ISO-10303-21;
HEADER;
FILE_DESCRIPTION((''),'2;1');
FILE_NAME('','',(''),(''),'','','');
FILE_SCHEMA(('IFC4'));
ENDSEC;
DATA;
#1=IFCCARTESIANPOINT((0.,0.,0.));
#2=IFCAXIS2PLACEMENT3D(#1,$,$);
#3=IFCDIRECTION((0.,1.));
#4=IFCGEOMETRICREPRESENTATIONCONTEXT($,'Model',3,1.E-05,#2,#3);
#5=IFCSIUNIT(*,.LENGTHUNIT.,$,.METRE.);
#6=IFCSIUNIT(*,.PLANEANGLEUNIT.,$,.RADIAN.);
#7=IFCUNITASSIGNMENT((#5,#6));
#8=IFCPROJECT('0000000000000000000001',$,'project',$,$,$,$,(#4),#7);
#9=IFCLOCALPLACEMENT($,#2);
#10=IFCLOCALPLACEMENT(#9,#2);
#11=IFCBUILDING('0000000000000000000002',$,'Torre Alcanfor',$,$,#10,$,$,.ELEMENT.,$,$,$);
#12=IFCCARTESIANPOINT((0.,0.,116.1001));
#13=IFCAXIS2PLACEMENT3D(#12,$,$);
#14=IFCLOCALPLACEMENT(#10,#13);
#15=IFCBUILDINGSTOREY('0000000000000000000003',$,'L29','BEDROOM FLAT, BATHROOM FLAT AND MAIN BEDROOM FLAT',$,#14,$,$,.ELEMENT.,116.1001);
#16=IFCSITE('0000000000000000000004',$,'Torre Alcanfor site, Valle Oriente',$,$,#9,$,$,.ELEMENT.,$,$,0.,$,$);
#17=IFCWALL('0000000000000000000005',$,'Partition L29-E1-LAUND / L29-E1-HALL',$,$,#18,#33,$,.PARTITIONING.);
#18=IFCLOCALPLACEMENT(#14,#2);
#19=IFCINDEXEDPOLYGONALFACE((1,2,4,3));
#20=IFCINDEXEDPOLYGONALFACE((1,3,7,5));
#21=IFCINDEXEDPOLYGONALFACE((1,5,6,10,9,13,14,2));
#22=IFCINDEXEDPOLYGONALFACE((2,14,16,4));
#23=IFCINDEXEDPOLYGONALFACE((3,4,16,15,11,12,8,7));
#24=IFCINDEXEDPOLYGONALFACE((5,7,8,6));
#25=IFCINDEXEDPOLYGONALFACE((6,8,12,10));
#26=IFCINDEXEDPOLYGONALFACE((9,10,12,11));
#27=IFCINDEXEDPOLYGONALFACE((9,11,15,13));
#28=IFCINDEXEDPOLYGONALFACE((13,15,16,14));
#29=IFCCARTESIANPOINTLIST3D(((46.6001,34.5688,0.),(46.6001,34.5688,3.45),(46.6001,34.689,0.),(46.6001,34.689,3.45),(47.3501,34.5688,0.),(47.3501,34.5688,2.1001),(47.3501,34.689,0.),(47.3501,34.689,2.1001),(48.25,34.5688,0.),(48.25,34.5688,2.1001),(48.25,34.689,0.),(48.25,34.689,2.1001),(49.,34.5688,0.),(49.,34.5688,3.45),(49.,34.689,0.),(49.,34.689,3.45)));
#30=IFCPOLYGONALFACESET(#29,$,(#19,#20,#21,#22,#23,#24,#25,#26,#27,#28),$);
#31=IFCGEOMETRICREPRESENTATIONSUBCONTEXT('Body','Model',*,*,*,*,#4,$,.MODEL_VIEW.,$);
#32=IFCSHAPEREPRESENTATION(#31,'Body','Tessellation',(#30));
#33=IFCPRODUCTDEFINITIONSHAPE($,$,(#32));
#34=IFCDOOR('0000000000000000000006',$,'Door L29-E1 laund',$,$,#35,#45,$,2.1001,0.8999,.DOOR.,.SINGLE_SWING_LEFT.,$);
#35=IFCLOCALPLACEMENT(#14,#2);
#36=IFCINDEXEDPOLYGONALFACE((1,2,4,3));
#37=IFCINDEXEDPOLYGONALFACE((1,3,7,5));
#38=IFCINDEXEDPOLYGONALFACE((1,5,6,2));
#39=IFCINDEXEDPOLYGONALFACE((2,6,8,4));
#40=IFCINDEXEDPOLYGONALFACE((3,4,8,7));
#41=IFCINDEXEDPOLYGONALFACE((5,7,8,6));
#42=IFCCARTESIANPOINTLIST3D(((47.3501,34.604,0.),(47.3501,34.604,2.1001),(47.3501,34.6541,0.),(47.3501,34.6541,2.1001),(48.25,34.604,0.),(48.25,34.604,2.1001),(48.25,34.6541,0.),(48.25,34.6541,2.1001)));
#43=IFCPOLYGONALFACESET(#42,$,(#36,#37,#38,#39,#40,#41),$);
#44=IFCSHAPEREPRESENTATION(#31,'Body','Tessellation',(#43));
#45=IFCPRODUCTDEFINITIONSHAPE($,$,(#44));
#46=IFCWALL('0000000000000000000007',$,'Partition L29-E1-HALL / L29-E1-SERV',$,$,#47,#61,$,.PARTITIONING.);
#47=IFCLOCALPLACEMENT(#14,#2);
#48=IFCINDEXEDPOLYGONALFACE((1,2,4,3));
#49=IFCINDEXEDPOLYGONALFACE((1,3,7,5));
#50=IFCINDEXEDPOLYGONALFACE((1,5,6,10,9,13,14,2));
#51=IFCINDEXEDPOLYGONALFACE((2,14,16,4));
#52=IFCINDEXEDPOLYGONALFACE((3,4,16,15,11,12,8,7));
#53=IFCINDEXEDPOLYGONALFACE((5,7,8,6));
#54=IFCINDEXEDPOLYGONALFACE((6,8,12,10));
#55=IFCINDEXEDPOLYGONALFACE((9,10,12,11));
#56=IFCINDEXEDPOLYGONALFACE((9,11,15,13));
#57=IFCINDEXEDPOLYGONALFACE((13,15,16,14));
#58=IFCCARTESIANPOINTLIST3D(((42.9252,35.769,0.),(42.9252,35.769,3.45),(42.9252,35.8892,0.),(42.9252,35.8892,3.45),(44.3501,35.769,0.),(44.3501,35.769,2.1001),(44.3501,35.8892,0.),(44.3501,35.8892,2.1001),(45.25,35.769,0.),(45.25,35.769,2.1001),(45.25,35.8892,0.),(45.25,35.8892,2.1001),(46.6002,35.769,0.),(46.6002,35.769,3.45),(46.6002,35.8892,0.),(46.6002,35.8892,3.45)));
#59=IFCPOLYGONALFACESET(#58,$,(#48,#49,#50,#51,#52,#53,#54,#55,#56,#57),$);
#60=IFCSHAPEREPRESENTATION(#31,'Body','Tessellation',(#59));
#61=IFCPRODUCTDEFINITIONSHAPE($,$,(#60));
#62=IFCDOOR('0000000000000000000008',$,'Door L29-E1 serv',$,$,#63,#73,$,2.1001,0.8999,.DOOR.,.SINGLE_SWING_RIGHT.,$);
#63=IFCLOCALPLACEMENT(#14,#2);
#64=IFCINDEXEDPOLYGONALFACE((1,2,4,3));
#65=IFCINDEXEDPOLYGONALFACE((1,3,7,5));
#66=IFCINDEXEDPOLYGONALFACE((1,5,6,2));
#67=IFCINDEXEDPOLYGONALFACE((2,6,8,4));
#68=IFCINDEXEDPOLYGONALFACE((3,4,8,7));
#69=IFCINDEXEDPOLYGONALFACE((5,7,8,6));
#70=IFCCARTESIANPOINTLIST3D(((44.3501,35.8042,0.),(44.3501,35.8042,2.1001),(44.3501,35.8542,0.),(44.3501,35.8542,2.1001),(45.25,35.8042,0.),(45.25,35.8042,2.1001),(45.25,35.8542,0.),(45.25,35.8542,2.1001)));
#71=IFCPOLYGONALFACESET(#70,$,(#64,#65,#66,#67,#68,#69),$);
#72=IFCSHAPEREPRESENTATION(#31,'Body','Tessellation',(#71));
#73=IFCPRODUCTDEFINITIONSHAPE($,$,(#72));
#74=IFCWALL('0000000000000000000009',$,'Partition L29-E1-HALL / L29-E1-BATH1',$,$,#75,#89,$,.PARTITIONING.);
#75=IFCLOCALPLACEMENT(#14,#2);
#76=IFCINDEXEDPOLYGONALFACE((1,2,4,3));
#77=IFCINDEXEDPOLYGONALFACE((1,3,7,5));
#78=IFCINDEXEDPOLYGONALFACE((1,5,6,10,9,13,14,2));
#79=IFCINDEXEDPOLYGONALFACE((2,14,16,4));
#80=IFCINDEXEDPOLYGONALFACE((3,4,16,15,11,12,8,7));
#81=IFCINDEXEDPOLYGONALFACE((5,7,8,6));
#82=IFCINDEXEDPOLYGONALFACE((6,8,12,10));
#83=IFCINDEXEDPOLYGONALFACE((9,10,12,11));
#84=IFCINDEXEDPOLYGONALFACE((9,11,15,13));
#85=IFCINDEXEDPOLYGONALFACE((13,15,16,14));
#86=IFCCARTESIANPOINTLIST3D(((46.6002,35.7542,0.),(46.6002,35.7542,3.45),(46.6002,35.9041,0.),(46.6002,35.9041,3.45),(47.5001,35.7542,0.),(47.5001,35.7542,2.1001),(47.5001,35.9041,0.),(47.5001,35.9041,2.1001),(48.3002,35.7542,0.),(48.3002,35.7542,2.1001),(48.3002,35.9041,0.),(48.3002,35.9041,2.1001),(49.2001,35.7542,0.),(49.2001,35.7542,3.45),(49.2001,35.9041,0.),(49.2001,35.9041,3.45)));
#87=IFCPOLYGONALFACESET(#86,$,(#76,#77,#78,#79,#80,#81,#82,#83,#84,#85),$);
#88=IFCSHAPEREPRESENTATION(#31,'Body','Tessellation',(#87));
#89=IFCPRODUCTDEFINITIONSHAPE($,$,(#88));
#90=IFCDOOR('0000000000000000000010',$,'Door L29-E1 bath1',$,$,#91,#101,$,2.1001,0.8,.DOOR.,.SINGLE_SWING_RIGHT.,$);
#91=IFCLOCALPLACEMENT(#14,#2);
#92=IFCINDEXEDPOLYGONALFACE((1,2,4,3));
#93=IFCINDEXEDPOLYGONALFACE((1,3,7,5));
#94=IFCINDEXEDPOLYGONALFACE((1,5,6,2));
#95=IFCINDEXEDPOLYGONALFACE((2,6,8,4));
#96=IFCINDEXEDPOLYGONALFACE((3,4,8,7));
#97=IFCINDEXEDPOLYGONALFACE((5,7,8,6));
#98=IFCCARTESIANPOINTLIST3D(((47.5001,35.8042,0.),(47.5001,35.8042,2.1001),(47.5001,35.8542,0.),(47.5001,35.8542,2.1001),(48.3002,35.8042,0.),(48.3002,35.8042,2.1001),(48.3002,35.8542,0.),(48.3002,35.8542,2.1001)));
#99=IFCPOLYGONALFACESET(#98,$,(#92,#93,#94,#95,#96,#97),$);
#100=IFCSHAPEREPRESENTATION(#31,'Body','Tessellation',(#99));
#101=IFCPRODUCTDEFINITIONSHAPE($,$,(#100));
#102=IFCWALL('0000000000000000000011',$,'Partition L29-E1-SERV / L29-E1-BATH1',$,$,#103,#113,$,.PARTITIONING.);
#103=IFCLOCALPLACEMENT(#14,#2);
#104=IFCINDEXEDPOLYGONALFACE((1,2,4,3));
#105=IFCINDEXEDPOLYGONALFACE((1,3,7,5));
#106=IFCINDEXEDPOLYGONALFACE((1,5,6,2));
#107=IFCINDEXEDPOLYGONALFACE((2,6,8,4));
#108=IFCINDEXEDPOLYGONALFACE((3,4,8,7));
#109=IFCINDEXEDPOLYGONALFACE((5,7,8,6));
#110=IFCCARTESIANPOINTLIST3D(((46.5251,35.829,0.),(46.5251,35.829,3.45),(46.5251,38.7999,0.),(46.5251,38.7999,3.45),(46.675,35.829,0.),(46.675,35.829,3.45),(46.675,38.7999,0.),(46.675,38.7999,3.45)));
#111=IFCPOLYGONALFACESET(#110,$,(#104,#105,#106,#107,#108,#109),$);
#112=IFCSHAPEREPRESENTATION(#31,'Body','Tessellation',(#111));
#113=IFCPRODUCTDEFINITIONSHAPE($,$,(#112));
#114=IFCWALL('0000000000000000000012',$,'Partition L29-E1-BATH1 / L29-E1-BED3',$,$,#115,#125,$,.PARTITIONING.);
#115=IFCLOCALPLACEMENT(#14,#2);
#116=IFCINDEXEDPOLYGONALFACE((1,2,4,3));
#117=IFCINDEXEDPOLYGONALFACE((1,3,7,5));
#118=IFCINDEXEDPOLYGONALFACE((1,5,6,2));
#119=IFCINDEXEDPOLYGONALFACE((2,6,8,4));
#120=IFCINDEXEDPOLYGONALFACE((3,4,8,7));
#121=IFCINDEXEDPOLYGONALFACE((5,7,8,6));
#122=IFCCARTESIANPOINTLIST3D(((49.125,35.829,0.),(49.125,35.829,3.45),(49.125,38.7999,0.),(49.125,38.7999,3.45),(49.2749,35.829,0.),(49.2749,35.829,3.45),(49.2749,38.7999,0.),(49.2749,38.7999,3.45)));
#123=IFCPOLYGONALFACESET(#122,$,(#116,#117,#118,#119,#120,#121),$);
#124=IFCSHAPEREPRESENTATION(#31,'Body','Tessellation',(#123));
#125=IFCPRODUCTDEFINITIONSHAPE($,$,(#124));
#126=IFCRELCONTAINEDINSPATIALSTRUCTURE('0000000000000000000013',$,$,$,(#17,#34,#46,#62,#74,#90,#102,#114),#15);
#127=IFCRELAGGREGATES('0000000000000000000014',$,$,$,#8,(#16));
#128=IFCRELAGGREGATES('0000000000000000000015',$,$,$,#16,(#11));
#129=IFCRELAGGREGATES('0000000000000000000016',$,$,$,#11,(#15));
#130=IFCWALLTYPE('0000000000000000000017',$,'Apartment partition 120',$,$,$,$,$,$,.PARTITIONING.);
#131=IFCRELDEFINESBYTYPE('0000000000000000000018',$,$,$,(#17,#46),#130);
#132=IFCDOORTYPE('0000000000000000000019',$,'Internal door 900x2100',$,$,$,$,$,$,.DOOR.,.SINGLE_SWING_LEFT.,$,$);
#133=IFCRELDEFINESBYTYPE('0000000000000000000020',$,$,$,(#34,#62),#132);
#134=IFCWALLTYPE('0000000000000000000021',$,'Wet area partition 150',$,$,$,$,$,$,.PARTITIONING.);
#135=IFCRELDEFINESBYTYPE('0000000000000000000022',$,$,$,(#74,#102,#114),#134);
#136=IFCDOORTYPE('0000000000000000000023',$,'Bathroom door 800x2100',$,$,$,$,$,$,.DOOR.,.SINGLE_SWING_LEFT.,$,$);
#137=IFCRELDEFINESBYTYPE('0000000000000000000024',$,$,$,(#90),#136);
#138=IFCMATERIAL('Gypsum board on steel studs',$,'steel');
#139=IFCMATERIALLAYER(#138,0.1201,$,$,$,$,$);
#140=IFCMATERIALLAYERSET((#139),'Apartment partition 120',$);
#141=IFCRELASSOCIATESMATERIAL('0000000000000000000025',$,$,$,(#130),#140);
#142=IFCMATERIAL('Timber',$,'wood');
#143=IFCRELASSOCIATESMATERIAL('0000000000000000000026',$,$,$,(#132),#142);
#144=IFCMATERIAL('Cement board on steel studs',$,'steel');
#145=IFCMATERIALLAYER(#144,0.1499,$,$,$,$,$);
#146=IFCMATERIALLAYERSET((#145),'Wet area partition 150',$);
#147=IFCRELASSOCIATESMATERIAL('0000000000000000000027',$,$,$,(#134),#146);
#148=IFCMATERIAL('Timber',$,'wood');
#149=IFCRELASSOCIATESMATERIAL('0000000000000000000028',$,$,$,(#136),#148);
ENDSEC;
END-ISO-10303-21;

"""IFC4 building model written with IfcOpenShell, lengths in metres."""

from ifc_helpers import new_model, si_unit, direction, frame, frame_2d, origin, place, context, subcontext, project, spatial, rectangle, extrude, material, layer, layer_set, type_object, element, fill, save


model = new_model("IFC4")

# Units and contexts
model_context = context("Model", 3, precision=1e-05, world=origin(), true_north=direction((0.0, 1.0)))
body_context = subcontext(model_context, "Body", "Model", "MODEL_VIEW")
ifc_project = project(units=[si_unit("LENGTHUNIT", "METRE"), si_unit("PLANEANGLEUNIT", "RADIAN")], contexts=[model_context])

# Site, building, storey
site_placement = place(None, origin())
site = spatial("IfcSite", under=ifc_project, at=site_placement, Name="Torre Alcanfor site, Valle Oriente", CompositionType="ELEMENT", RefElevation=0.0)
building_placement = place(site_placement, origin())
building = spatial("IfcBuilding", under=site, at=building_placement, Name="Torre Alcanfor", CompositionType="ELEMENT")
storey_placement = place(building_placement, frame((0.0, 0.0, 116.1001)))
storey = spatial("IfcBuildingStorey", under=building, at=storey_placement, Name="L29", Description="BEDROOM FLAT, BATHROOM FLAT AND MAIN BEDROOM FLAT", CompositionType="ELEMENT", Elevation=116.1001)

# Walls, openings, doors
ifc_material_1 = material(Name="Gypsum board on steel studs", Category="steel")
ifc_layer_1 = layer(ifc_material_1, 0.1201)
ifc_layer_set_1 = layer_set([ifc_layer_1], Name="Apartment partition 120")
wall_type_1 = type_object("IfcWallType", Name="Apartment partition 120", PredefinedType="PARTITIONING", material=ifc_layer_set_1)
wall_1_placement = place(storey_placement, frame((49.0, 34.6289, 0.0), z_axis=(0.0, 0.0, 1.0), x_axis=(-1.0, 0.0, 0.0)))
wall_1 = element("IfcWall", 1, at=wall_1_placement, inside=storey, type_object=wall_type_1, Name="Partition L29-E1-LAUND / L29-E1-HALL", PredefinedType="PARTITIONING", context=body_context, shape_type="SweptSolid", body=[
    extrude(rectangle(XDim=2.3999, YDim=0.1201, at=frame_2d((1.2, 0.0))), origin(), (0.0, 0.0, 1.0), 3.45),
])
opening_1_placement = place(wall_1_placement, frame((0.75, 0.0, 0.0)))
opening_1 = element("IfcOpeningElement", 2, at=opening_1_placement, cuts=wall_1, PredefinedType="OPENING", context=body_context, shape_type="SweptSolid", body=[
    extrude(rectangle(XDim=0.8999, YDim=2.1001, at=frame_2d((0.45, 1.05))), frame((0.0, 0.0701, 0.0), z_axis=(0.0, -1.0, 0.0), x_axis=(1.0, 0.0, 0.0)), (0.0, 0.0, 1.0), 0.1401),
])
ifc_material_2 = material(Name="Timber", Category="wood")
door_type_1 = type_object("IfcDoorType", Name="Internal door 900x2100", OperationType="SINGLE_SWING_LEFT", PredefinedType="DOOR", material=ifc_material_2)
door_1_placement = place(opening_1_placement, origin())
door_1 = element("IfcDoor", 3, at=door_1_placement, inside=storey, type_object=door_type_1, Name="Door L29-E1 laund", OperationType="SINGLE_SWING_LEFT", OverallHeight=2.1001, OverallWidth=0.8999, PredefinedType="DOOR", context=body_context, shape_type="SweptSolid", body=[
    extrude(rectangle(XDim=0.8999, YDim=2.1001, at=frame_2d((0.45, 1.05))), frame((0.0, 0.0249, 0.0), z_axis=(0.0, -1.0, 0.0), x_axis=(1.0, 0.0, 0.0)), (0.0, 0.0, 1.0), 0.05),
])
fill(opening_1, door_1)
wall_2_placement = place(storey_placement, frame((46.6001, 35.8291, 0.0), z_axis=(0.0, 0.0, 1.0), x_axis=(-1.0, 0.0, 0.0)))
wall_2 = element("IfcWall", 4, at=wall_2_placement, inside=storey, type_object=wall_type_1, Name="Partition L29-E1-HALL / L29-E1-SERV", PredefinedType="PARTITIONING", context=body_context, shape_type="SweptSolid", body=[
    extrude(rectangle(XDim=3.675, YDim=0.1201, at=frame_2d((1.8374, 0.0))), origin(), (0.0, 0.0, 1.0), 3.45),
])
opening_2_placement = place(wall_2_placement, frame((1.3501, 0.0, 0.0)))
opening_2 = element("IfcOpeningElement", 5, at=opening_2_placement, cuts=wall_2, PredefinedType="OPENING", context=body_context, shape_type="SweptSolid", body=[
    extrude(rectangle(XDim=0.8999, YDim=2.1001, at=frame_2d((0.45, 1.05))), frame((0.0, 0.0701, 0.0), z_axis=(0.0, -1.0, 0.0), x_axis=(1.0, 0.0, 0.0)), (0.0, 0.0, 1.0), 0.1401),
])
door_2_placement = place(opening_2_placement, frame((0.8999, 0.0, 0.0), z_axis=(0.0, 0.0, 1.0), x_axis=(-1.0, 0.0, 0.0)))
door_2 = element("IfcDoor", 6, at=door_2_placement, inside=storey, type_object=door_type_1, Name="Door L29-E1 serv", OperationType="SINGLE_SWING_RIGHT", OverallHeight=2.1001, OverallWidth=0.8999, PredefinedType="DOOR", context=body_context, shape_type="SweptSolid", body=[
    extrude(rectangle(XDim=0.8999, YDim=2.1001, at=frame_2d((0.45, 1.05))), frame((0.0, 0.0251, 0.0), z_axis=(0.0, -1.0, 0.0), x_axis=(1.0, 0.0, 0.0)), (0.0, 0.0, 1.0), 0.05),
])
fill(opening_2, door_2)
ifc_material_3 = material(Name="Cement board on steel studs", Category="steel")
ifc_layer_2 = layer(ifc_material_3, 0.1499)
ifc_layer_set_2 = layer_set([ifc_layer_2], Name="Wet area partition 150")
wall_type_2 = type_object("IfcWallType", Name="Wet area partition 150", PredefinedType="PARTITIONING", material=ifc_layer_set_2)
wall_3_placement = place(storey_placement, frame((49.2, 35.8291, 0.0), z_axis=(0.0, 0.0, 1.0), x_axis=(-1.0, 0.0, 0.0)))
wall_3 = element("IfcWall", 7, at=wall_3_placement, inside=storey, type_object=wall_type_2, Name="Partition L29-E1-HALL / L29-E1-BATH1", PredefinedType="PARTITIONING", context=body_context, shape_type="SweptSolid", body=[
    extrude(rectangle(XDim=2.5999, YDim=0.1499, at=frame_2d((1.2998, 0.0))), origin(), (0.0, 0.0, 1.0), 3.45),
])
opening_3_placement = place(wall_3_placement, frame((0.8999, 0.0, 0.0)))
opening_3 = element("IfcOpeningElement", 8, at=opening_3_placement, cuts=wall_3, PredefinedType="OPENING", context=body_context, shape_type="SweptSolid", body=[
    extrude(rectangle(XDim=0.8, YDim=2.1001, at=frame_2d((0.3999, 1.05))), frame((0.0, 0.085, 0.0), z_axis=(0.0, -1.0, 0.0), x_axis=(1.0, 0.0, 0.0)), (0.0, 0.0, 1.0), 0.1699),
])
ifc_material_4 = material(Name="Timber", Category="wood")
door_type_2 = type_object("IfcDoorType", Name="Bathroom door 800x2100", OperationType="SINGLE_SWING_LEFT", PredefinedType="DOOR", material=ifc_material_4)
door_3_placement = place(opening_3_placement, frame((0.8, 0.0, 0.0), z_axis=(0.0, 0.0, 1.0), x_axis=(-1.0, 0.0, 0.0)))
door_3 = element("IfcDoor", 9, at=door_3_placement, inside=storey, type_object=door_type_2, Name="Door L29-E1 bath1", OperationType="SINGLE_SWING_RIGHT", OverallHeight=2.1001, OverallWidth=0.8, PredefinedType="DOOR", context=body_context, shape_type="SweptSolid", body=[
    extrude(rectangle(XDim=0.8, YDim=2.1001, at=frame_2d((0.4001, 1.05))), frame((0.0, 0.0251, 0.0), z_axis=(0.0, -1.0, 0.0), x_axis=(1.0, 0.0, 0.0)), (0.0, 0.0, 1.0), 0.05),
])
fill(opening_3, door_3)

# Walls
for number, where, z_axis, x_axis, name in (
    (10, (46.6001, 35.8291, 0.0), (0.0, 0.0, 1.0), (0.0, 1.0, 0.0), "Partition L29-E1-SERV / L29-E1-BATH1"),
    (11, (49.2, 35.8291, 0.0), (0.0, 0.0, 1.0), (0.0, 1.0, 0.0), "Partition L29-E1-BATH1 / L29-E1-BED3"),
):
    element("IfcWall", number, at=place(storey_placement, frame(where, z_axis=z_axis, x_axis=x_axis)), inside=storey, type_object=wall_type_2, Name=name, PredefinedType="PARTITIONING", context=body_context, shape_type="SweptSolid", body=[
        extrude(rectangle(XDim=2.9709, YDim=0.1499, at=frame_2d((1.4854, 0.0))), origin(), (0.0, 0.0, 1.0), 3.45),
    ])

save(model, "model.ifc")
